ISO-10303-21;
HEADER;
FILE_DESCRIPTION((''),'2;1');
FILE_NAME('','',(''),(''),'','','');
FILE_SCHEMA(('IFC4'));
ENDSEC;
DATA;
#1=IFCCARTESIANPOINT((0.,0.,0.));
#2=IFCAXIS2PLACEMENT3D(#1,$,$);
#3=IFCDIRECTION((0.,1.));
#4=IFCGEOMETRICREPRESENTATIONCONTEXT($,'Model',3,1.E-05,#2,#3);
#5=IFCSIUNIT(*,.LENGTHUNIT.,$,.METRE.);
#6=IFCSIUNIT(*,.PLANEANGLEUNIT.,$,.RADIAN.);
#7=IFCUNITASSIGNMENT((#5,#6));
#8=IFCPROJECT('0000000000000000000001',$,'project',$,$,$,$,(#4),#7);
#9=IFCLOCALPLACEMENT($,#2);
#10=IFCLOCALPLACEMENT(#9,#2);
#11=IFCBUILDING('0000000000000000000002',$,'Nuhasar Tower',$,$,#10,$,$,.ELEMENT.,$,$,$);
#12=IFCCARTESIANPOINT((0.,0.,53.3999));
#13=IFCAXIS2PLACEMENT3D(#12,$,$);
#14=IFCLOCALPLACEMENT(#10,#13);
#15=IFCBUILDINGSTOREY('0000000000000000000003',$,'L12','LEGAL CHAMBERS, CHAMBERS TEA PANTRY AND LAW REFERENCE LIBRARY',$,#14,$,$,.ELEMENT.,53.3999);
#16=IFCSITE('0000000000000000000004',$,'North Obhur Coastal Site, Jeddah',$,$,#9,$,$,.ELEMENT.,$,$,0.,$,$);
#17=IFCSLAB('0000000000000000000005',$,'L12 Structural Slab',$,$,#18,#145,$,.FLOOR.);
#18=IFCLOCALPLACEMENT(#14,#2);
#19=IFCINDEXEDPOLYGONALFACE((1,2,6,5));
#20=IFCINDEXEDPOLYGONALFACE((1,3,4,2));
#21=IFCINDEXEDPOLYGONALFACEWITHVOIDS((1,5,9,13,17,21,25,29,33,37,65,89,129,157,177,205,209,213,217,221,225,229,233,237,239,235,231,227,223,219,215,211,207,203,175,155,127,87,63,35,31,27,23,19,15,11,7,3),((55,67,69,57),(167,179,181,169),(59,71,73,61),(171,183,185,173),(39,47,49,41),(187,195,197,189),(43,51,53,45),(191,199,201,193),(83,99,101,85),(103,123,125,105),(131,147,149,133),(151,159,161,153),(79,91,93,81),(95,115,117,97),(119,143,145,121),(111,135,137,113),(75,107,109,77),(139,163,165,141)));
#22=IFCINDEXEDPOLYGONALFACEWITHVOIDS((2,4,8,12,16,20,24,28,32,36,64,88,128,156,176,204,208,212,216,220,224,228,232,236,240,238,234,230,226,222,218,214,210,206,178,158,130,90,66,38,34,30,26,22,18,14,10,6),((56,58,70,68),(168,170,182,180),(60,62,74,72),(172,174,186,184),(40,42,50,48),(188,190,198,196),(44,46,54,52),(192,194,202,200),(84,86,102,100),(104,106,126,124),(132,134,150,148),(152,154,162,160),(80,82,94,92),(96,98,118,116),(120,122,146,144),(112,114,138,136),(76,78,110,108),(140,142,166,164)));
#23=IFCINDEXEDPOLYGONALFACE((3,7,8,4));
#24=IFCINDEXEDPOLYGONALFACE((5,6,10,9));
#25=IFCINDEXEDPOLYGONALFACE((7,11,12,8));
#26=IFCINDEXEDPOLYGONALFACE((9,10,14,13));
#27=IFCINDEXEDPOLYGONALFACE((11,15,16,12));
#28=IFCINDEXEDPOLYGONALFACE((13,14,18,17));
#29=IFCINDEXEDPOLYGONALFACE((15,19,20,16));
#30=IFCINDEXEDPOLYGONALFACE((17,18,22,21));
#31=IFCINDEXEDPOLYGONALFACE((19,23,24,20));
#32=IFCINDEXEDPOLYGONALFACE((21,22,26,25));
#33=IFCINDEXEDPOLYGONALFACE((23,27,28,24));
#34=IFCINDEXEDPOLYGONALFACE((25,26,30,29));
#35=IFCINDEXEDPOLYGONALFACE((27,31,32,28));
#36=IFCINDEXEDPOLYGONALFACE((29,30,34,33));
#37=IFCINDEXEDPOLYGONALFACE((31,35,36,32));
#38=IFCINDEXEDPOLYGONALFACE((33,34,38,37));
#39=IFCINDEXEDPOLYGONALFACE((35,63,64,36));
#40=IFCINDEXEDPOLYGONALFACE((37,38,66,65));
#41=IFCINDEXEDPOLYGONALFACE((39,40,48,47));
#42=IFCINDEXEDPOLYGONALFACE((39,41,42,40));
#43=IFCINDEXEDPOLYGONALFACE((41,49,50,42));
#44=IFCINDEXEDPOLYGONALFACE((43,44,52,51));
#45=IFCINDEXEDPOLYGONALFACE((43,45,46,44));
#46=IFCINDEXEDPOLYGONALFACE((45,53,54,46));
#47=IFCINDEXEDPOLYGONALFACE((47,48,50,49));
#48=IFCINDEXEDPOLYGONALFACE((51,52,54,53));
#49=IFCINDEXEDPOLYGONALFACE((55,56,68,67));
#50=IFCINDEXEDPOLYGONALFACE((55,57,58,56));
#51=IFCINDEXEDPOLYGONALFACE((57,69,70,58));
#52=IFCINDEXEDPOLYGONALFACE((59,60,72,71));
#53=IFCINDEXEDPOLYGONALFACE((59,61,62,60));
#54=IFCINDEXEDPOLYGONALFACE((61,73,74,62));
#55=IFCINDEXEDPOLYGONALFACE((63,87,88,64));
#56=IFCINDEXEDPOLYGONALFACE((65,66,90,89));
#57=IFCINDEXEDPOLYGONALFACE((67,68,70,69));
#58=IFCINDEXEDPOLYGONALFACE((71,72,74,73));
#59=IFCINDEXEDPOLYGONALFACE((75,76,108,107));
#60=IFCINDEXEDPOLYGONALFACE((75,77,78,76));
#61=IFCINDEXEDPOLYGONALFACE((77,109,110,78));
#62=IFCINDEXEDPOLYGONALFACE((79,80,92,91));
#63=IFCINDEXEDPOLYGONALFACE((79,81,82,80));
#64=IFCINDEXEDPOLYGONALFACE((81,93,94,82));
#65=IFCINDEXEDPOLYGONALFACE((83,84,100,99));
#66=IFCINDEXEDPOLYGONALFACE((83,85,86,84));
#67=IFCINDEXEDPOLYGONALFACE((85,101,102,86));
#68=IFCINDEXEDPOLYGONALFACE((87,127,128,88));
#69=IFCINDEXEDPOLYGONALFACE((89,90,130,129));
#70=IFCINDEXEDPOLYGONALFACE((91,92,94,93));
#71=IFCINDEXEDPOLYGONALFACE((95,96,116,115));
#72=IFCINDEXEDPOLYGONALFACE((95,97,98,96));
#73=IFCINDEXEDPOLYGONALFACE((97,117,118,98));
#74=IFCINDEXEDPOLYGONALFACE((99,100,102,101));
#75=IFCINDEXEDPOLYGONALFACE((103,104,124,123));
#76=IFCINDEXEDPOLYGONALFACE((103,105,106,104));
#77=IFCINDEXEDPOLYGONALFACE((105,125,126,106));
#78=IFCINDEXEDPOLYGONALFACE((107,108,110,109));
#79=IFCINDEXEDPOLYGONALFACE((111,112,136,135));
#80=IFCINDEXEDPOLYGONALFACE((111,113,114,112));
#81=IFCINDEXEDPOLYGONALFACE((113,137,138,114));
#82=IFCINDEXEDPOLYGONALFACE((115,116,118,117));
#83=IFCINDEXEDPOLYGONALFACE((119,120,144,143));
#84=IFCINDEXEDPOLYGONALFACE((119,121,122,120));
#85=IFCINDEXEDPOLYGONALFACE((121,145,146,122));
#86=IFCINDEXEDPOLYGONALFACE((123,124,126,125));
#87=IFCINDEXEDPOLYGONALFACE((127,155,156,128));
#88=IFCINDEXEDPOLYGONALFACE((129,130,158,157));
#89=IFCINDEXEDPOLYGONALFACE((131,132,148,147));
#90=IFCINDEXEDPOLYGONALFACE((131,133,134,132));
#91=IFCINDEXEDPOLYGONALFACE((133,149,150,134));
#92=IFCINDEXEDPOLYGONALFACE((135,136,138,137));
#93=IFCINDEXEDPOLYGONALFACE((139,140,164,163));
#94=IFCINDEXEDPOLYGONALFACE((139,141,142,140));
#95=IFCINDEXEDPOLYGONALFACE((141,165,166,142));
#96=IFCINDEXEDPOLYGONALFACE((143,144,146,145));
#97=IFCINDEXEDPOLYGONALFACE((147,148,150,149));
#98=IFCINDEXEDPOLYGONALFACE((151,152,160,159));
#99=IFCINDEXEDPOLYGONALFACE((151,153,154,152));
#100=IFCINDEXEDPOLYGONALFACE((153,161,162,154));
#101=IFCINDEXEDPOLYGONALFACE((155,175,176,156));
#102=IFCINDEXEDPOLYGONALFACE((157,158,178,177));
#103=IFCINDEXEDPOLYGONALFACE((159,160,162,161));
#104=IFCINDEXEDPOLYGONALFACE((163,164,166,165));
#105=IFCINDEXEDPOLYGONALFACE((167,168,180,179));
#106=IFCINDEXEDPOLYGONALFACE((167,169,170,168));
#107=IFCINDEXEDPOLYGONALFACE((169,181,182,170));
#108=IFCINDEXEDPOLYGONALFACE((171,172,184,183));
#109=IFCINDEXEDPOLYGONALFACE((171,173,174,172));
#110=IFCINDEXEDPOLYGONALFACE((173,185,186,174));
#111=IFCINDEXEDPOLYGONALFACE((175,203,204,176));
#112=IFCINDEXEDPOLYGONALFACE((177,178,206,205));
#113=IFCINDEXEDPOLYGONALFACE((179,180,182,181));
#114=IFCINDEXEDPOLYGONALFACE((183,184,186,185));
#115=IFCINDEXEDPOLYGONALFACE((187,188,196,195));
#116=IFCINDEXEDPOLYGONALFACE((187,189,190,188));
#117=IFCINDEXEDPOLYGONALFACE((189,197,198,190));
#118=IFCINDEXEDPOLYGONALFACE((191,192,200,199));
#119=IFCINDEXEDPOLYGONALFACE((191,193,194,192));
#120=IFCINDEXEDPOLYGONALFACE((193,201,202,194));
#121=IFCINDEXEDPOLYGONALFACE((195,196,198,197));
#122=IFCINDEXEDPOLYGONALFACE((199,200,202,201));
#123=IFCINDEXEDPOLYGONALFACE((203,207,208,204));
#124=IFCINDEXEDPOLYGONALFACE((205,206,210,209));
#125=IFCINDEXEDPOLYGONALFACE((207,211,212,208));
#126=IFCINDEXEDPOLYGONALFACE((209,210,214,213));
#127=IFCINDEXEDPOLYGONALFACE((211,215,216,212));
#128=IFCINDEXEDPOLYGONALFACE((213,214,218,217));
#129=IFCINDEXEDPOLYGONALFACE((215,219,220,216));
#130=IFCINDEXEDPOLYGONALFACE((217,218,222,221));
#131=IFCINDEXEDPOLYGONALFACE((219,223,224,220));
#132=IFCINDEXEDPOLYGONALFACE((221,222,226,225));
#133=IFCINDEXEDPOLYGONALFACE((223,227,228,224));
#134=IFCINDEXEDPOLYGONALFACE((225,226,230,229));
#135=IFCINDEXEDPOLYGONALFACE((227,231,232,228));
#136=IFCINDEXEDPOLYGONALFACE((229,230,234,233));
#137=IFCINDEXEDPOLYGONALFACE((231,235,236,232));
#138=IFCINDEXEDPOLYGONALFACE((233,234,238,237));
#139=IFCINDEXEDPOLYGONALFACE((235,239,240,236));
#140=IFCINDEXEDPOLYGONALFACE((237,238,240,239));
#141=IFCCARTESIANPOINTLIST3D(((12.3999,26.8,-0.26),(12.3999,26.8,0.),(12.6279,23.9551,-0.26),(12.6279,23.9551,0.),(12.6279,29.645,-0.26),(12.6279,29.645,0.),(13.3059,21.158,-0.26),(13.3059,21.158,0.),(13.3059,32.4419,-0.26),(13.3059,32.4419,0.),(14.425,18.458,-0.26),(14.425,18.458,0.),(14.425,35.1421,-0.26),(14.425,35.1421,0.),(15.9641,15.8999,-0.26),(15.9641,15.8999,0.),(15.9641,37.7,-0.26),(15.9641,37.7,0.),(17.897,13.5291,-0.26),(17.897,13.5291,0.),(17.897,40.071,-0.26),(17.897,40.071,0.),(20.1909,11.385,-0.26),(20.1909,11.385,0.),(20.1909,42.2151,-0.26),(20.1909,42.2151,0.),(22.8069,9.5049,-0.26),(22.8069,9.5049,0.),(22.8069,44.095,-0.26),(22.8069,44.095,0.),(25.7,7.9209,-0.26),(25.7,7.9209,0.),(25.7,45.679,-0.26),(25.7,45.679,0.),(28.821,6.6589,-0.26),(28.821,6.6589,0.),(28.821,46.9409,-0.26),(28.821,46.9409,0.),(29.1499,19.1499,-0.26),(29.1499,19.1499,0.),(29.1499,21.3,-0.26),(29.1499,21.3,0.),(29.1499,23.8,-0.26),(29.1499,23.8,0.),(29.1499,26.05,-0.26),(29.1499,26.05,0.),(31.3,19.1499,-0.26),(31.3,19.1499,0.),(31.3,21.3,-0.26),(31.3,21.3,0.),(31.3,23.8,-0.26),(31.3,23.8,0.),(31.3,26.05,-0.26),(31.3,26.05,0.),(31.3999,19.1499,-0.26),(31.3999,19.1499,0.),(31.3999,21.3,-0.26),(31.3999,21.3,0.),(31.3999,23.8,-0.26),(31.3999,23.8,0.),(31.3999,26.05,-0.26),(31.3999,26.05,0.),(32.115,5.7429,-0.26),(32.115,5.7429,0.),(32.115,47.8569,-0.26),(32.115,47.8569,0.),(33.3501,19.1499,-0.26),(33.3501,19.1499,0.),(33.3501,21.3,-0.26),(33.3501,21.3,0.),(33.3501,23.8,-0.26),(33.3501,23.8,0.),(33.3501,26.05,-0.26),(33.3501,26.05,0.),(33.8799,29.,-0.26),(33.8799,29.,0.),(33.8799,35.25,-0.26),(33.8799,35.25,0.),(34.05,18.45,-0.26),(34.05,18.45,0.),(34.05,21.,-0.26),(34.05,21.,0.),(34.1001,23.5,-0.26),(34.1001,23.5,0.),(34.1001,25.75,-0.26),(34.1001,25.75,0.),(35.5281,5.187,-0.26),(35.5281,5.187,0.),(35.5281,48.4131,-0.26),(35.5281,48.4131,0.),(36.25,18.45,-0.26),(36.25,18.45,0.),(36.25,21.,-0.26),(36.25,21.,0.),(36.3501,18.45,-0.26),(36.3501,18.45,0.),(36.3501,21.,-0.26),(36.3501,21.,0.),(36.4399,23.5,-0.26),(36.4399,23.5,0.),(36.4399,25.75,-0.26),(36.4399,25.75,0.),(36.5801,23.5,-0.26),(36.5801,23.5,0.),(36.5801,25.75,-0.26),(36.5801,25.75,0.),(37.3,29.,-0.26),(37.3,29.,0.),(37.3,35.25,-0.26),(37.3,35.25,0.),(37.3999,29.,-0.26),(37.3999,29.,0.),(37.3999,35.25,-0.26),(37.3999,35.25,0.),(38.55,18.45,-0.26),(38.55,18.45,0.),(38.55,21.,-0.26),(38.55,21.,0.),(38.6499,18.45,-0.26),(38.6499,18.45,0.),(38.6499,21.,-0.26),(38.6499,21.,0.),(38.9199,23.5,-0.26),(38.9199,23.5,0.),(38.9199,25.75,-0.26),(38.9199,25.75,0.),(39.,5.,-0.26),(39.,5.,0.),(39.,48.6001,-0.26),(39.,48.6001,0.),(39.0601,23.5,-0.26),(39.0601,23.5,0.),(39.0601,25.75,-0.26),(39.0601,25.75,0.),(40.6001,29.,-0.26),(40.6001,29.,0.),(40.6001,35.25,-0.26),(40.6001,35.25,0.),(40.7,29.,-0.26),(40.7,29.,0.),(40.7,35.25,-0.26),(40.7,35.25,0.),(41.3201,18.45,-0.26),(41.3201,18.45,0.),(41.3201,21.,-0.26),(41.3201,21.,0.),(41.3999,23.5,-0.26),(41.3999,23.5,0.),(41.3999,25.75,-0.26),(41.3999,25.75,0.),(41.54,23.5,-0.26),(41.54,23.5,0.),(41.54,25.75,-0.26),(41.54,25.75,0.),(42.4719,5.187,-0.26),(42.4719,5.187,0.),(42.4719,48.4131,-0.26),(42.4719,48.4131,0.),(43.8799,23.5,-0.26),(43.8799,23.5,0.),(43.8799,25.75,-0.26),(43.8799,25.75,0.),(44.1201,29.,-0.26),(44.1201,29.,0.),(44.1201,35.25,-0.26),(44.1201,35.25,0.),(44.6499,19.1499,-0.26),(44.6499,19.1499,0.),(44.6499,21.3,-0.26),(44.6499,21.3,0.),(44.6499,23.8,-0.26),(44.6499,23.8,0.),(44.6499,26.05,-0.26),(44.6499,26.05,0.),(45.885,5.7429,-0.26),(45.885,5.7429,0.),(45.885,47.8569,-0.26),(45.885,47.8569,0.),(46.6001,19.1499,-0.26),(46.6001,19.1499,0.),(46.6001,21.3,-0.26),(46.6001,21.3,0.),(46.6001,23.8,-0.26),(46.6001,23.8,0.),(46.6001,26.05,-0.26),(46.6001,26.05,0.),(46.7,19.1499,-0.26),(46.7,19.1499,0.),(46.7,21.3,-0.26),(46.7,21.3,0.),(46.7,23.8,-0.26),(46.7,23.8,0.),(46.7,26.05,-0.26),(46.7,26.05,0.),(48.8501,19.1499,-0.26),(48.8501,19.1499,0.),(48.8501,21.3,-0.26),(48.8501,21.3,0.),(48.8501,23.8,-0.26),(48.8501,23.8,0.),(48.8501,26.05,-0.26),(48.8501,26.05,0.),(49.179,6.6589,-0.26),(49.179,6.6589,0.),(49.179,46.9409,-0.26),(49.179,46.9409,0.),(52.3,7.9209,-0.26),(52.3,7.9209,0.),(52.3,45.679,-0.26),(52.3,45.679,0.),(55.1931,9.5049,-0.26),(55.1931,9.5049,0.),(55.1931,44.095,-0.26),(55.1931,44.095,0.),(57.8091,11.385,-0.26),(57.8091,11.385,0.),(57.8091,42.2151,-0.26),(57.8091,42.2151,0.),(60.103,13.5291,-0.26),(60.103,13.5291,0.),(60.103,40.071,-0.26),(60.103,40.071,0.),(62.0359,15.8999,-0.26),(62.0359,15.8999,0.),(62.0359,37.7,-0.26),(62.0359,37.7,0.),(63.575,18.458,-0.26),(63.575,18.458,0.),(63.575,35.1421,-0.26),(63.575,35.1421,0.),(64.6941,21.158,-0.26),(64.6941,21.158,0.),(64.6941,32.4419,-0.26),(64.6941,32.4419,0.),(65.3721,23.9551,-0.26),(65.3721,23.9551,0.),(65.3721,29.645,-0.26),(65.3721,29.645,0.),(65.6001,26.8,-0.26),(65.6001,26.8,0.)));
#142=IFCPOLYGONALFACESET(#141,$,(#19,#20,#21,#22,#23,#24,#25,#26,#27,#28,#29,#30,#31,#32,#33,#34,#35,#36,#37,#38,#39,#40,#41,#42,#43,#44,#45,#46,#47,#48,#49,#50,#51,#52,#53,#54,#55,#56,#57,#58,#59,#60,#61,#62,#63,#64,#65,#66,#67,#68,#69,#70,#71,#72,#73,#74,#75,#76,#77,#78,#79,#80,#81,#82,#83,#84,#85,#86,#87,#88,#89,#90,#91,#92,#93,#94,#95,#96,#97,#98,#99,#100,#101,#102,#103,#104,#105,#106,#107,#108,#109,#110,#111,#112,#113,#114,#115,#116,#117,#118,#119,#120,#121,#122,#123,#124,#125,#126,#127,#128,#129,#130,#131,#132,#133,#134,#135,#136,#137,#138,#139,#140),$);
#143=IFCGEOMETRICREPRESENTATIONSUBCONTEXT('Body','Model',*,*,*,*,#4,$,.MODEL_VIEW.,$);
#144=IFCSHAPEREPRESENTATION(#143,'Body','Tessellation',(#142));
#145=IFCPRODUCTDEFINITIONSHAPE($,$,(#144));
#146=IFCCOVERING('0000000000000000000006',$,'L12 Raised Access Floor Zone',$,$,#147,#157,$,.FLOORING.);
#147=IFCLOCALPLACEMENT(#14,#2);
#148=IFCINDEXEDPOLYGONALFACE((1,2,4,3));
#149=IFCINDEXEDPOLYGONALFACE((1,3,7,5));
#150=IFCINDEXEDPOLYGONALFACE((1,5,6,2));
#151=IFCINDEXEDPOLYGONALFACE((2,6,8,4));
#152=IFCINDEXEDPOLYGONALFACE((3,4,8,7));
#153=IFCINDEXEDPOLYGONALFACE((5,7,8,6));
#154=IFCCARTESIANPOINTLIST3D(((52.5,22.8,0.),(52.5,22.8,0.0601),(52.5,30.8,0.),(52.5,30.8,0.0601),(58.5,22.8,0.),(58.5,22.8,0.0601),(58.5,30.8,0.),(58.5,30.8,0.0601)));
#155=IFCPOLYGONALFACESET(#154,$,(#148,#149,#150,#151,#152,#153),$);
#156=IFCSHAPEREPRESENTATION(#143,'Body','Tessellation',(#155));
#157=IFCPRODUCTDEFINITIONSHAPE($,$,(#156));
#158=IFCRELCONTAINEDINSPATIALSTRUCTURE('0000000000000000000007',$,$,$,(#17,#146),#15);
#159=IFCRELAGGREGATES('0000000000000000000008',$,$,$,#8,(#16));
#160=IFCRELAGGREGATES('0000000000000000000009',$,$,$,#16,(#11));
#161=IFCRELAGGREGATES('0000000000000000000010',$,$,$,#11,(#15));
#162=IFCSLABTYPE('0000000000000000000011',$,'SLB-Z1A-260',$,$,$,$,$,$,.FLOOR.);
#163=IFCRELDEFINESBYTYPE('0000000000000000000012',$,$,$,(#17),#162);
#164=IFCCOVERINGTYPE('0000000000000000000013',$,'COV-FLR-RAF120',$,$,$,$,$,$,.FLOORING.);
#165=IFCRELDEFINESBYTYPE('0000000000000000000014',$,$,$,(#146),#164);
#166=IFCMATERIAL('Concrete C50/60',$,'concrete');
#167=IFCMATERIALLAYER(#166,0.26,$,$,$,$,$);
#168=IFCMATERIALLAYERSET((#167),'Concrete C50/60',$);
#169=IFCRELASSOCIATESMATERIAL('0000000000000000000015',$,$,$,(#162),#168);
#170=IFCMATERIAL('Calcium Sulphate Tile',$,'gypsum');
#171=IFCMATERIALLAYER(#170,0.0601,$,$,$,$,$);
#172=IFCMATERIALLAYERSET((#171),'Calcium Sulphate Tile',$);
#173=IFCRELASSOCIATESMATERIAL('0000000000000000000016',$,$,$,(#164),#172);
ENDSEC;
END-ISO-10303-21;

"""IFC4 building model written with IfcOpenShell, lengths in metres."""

from ifc_helpers import new_model, si_unit, direction, frame, origin, place, context, subcontext, project, spatial, polyline, outline, extrude, material, layer, layer_set, type_object, element, save


model = new_model("IFC4")

# Units and contexts
model_context = context("Model", 3, precision=1e-05, world=origin(), true_north=direction((0.0, 1.0)))
body_context = subcontext(model_context, "Body", "Model", "MODEL_VIEW")
ifc_project = project(units=[si_unit("LENGTHUNIT", "METRE"), si_unit("PLANEANGLEUNIT", "RADIAN")], contexts=[model_context])

# Site, building, storey
site_placement = place(None, origin())
site = spatial("IfcSite", under=ifc_project, at=site_placement, Name="North Obhur Coastal Site, Jeddah", CompositionType="ELEMENT", RefElevation=0.0)
building_placement = place(site_placement, origin())
building = spatial("IfcBuilding", under=site, at=building_placement, Name="Nuhasar Tower", CompositionType="ELEMENT")
storey_placement = place(building_placement, frame((0.0, 0.0, 53.3999)))
storey = spatial("IfcBuildingStorey", under=building, at=storey_placement, Name="L12", Description="LEGAL CHAMBERS, CHAMBERS TEA PANTRY AND LAW REFERENCE LIBRARY", CompositionType="ELEMENT", Elevation=53.3999)

# Slab
ifc_material_1 = material(Name="Concrete C50/60", Category="concrete")
ifc_layer_1 = layer(ifc_material_1, 0.26)
ifc_layer_set_1 = layer_set([ifc_layer_1], Name="Concrete C50/60")
slab_type_1 = type_object("IfcSlabType", Name="SLB-Z1A-260", PredefinedType="FLOOR", material=ifc_layer_set_1)
slab_1_placement = place(storey_placement, frame((0.0, 0.0, -0.26)))
element("IfcSlab", 1, at=slab_1_placement, inside=storey, type_object=slab_type_1, Name="L12 Structural Slab", PredefinedType="FLOOR", context=body_context, shape_type="SweptSolid", body=[
    extrude(outline(polyline([(65.6001, 26.8), (65.3721, 29.645), (64.6941, 32.4419), (63.575, 35.1421), (62.0359, 37.7), (60.103, 40.071), (57.8091, 42.2151), (55.1931, 44.095), (52.3, 45.679), (49.179, 46.9409), (45.885, 47.8569), (42.4719, 48.4131), (39.0, 48.6001), (35.5281, 48.4131), (32.115, 47.8569), (28.821, 46.9409), (25.7, 45.679), (22.8069, 44.095), (20.1909, 42.2151), (17.897, 40.071), (15.9641, 37.7), (14.425, 35.1421), (13.3059, 32.4419), (12.6279, 29.645), (12.3999, 26.8), (12.6279, 23.9551), (13.3059, 21.158), (14.425, 18.458), (15.9641, 15.8999), (17.897, 13.5291), (20.1909, 11.385), (22.8069, 9.5049), (25.7, 7.9209), (28.821, 6.6589), (32.115, 5.7429), (35.5281, 5.187), (39.0, 5.0), (42.4719, 5.187), (45.885, 5.7429), (49.179, 6.6589), (52.3, 7.9209), (55.1931, 9.5049), (57.8091, 11.385), (60.103, 13.5291), (62.0359, 15.8999), (63.575, 18.458), (64.6941, 21.158), (65.3721, 23.9551), (65.6001, 26.8)]), holes=[polyline([(33.8799, 35.25), (37.3, 35.25), (37.3, 29.0), (33.8799, 29.0), (33.8799, 35.25)]), polyline([(37.3999, 35.25), (40.6001, 35.25), (40.6001, 29.0), (37.3999, 29.0), (37.3999, 35.25)]), polyline([(40.7, 35.25), (44.1201, 35.25), (44.1201, 29.0), (40.7, 29.0), (40.7, 35.25)]), polyline([(29.1499, 26.05), (31.3, 26.05), (31.3, 23.8), (29.1499, 23.8), (29.1499, 26.05)]), polyline([(31.3999, 26.05), (33.3501, 26.05), (33.3501, 23.8), (31.3999, 23.8), (31.3999, 26.05)]), polyline([(29.1499, 21.3), (31.3, 21.3), (31.3, 19.1499), (29.1499, 19.1499), (29.1499, 21.3)]), polyline([(31.3999, 21.3), (33.3501, 21.3), (33.3501, 19.1499), (31.3999, 19.1499), (31.3999, 21.3)]), polyline([(44.6499, 26.05), (46.6001, 26.05), (46.6001, 23.8), (44.6499, 23.8), (44.6499, 26.05)]), polyline([(46.7, 26.05), (48.8501, 26.05), (48.8501, 23.8), (46.7, 23.8), (46.7, 26.05)]), polyline([(44.6499, 21.3), (46.6001, 21.3), (46.6001, 19.1499), (44.6499, 19.1499), (44.6499, 21.3)]), polyline([(46.7, 21.3), (48.8501, 21.3), (48.8501, 19.1499), (46.7, 19.1499), (46.7, 21.3)]), polyline([(34.1001, 25.75), (36.4399, 25.75), (36.4399, 23.5), (34.1001, 23.5), (34.1001, 25.75)]), polyline([(36.5801, 25.75), (38.9199, 25.75), (38.9199, 23.5), (36.5801, 23.5), (36.5801, 25.75)]), polyline([(39.0601, 25.75), (41.3999, 25.75), (41.3999, 23.5), (39.0601, 23.5), (39.0601, 25.75)]), polyline([(41.54, 25.75), (43.8799, 25.75), (43.8799, 23.5), (41.54, 23.5), (41.54, 25.75)]), polyline([(34.05, 21.0), (36.25, 21.0), (36.25, 18.45), (34.05, 18.45), (34.05, 21.0)]), polyline([(36.3501, 21.0), (38.55, 21.0), (38.55, 18.45), (36.3501, 18.45), (36.3501, 21.0)]), polyline([(38.6499, 21.0), (41.3201, 21.0), (41.3201, 18.45), (38.6499, 18.45), (38.6499, 21.0)])]), origin(), (0.0, 0.0, 1.0), 0.26),
])

# Covering
ifc_material_2 = material(Name="Calcium Sulphate Tile", Category="gypsum")
ifc_layer_2 = layer(ifc_material_2, 0.0601)
ifc_layer_set_2 = layer_set([ifc_layer_2], Name="Calcium Sulphate Tile")
covering_type = type_object("IfcCoveringType", Name="COV-FLR-RAF120", PredefinedType="FLOORING", material=ifc_layer_set_2)
covering_placement = place(storey_placement, origin())
element("IfcCovering", 2, at=covering_placement, inside=storey, type_object=covering_type, Name="L12 Raised Access Floor Zone", PredefinedType="FLOORING", context=body_context, shape_type="SweptSolid", body=[
    extrude(outline(polyline([(52.5, 22.8), (58.5, 22.8), (58.5, 30.8), (52.5, 30.8), (52.5, 22.8)])), origin(), (0.0, 0.0, 1.0), 0.0601),
])

save(model, "model.ifc")
